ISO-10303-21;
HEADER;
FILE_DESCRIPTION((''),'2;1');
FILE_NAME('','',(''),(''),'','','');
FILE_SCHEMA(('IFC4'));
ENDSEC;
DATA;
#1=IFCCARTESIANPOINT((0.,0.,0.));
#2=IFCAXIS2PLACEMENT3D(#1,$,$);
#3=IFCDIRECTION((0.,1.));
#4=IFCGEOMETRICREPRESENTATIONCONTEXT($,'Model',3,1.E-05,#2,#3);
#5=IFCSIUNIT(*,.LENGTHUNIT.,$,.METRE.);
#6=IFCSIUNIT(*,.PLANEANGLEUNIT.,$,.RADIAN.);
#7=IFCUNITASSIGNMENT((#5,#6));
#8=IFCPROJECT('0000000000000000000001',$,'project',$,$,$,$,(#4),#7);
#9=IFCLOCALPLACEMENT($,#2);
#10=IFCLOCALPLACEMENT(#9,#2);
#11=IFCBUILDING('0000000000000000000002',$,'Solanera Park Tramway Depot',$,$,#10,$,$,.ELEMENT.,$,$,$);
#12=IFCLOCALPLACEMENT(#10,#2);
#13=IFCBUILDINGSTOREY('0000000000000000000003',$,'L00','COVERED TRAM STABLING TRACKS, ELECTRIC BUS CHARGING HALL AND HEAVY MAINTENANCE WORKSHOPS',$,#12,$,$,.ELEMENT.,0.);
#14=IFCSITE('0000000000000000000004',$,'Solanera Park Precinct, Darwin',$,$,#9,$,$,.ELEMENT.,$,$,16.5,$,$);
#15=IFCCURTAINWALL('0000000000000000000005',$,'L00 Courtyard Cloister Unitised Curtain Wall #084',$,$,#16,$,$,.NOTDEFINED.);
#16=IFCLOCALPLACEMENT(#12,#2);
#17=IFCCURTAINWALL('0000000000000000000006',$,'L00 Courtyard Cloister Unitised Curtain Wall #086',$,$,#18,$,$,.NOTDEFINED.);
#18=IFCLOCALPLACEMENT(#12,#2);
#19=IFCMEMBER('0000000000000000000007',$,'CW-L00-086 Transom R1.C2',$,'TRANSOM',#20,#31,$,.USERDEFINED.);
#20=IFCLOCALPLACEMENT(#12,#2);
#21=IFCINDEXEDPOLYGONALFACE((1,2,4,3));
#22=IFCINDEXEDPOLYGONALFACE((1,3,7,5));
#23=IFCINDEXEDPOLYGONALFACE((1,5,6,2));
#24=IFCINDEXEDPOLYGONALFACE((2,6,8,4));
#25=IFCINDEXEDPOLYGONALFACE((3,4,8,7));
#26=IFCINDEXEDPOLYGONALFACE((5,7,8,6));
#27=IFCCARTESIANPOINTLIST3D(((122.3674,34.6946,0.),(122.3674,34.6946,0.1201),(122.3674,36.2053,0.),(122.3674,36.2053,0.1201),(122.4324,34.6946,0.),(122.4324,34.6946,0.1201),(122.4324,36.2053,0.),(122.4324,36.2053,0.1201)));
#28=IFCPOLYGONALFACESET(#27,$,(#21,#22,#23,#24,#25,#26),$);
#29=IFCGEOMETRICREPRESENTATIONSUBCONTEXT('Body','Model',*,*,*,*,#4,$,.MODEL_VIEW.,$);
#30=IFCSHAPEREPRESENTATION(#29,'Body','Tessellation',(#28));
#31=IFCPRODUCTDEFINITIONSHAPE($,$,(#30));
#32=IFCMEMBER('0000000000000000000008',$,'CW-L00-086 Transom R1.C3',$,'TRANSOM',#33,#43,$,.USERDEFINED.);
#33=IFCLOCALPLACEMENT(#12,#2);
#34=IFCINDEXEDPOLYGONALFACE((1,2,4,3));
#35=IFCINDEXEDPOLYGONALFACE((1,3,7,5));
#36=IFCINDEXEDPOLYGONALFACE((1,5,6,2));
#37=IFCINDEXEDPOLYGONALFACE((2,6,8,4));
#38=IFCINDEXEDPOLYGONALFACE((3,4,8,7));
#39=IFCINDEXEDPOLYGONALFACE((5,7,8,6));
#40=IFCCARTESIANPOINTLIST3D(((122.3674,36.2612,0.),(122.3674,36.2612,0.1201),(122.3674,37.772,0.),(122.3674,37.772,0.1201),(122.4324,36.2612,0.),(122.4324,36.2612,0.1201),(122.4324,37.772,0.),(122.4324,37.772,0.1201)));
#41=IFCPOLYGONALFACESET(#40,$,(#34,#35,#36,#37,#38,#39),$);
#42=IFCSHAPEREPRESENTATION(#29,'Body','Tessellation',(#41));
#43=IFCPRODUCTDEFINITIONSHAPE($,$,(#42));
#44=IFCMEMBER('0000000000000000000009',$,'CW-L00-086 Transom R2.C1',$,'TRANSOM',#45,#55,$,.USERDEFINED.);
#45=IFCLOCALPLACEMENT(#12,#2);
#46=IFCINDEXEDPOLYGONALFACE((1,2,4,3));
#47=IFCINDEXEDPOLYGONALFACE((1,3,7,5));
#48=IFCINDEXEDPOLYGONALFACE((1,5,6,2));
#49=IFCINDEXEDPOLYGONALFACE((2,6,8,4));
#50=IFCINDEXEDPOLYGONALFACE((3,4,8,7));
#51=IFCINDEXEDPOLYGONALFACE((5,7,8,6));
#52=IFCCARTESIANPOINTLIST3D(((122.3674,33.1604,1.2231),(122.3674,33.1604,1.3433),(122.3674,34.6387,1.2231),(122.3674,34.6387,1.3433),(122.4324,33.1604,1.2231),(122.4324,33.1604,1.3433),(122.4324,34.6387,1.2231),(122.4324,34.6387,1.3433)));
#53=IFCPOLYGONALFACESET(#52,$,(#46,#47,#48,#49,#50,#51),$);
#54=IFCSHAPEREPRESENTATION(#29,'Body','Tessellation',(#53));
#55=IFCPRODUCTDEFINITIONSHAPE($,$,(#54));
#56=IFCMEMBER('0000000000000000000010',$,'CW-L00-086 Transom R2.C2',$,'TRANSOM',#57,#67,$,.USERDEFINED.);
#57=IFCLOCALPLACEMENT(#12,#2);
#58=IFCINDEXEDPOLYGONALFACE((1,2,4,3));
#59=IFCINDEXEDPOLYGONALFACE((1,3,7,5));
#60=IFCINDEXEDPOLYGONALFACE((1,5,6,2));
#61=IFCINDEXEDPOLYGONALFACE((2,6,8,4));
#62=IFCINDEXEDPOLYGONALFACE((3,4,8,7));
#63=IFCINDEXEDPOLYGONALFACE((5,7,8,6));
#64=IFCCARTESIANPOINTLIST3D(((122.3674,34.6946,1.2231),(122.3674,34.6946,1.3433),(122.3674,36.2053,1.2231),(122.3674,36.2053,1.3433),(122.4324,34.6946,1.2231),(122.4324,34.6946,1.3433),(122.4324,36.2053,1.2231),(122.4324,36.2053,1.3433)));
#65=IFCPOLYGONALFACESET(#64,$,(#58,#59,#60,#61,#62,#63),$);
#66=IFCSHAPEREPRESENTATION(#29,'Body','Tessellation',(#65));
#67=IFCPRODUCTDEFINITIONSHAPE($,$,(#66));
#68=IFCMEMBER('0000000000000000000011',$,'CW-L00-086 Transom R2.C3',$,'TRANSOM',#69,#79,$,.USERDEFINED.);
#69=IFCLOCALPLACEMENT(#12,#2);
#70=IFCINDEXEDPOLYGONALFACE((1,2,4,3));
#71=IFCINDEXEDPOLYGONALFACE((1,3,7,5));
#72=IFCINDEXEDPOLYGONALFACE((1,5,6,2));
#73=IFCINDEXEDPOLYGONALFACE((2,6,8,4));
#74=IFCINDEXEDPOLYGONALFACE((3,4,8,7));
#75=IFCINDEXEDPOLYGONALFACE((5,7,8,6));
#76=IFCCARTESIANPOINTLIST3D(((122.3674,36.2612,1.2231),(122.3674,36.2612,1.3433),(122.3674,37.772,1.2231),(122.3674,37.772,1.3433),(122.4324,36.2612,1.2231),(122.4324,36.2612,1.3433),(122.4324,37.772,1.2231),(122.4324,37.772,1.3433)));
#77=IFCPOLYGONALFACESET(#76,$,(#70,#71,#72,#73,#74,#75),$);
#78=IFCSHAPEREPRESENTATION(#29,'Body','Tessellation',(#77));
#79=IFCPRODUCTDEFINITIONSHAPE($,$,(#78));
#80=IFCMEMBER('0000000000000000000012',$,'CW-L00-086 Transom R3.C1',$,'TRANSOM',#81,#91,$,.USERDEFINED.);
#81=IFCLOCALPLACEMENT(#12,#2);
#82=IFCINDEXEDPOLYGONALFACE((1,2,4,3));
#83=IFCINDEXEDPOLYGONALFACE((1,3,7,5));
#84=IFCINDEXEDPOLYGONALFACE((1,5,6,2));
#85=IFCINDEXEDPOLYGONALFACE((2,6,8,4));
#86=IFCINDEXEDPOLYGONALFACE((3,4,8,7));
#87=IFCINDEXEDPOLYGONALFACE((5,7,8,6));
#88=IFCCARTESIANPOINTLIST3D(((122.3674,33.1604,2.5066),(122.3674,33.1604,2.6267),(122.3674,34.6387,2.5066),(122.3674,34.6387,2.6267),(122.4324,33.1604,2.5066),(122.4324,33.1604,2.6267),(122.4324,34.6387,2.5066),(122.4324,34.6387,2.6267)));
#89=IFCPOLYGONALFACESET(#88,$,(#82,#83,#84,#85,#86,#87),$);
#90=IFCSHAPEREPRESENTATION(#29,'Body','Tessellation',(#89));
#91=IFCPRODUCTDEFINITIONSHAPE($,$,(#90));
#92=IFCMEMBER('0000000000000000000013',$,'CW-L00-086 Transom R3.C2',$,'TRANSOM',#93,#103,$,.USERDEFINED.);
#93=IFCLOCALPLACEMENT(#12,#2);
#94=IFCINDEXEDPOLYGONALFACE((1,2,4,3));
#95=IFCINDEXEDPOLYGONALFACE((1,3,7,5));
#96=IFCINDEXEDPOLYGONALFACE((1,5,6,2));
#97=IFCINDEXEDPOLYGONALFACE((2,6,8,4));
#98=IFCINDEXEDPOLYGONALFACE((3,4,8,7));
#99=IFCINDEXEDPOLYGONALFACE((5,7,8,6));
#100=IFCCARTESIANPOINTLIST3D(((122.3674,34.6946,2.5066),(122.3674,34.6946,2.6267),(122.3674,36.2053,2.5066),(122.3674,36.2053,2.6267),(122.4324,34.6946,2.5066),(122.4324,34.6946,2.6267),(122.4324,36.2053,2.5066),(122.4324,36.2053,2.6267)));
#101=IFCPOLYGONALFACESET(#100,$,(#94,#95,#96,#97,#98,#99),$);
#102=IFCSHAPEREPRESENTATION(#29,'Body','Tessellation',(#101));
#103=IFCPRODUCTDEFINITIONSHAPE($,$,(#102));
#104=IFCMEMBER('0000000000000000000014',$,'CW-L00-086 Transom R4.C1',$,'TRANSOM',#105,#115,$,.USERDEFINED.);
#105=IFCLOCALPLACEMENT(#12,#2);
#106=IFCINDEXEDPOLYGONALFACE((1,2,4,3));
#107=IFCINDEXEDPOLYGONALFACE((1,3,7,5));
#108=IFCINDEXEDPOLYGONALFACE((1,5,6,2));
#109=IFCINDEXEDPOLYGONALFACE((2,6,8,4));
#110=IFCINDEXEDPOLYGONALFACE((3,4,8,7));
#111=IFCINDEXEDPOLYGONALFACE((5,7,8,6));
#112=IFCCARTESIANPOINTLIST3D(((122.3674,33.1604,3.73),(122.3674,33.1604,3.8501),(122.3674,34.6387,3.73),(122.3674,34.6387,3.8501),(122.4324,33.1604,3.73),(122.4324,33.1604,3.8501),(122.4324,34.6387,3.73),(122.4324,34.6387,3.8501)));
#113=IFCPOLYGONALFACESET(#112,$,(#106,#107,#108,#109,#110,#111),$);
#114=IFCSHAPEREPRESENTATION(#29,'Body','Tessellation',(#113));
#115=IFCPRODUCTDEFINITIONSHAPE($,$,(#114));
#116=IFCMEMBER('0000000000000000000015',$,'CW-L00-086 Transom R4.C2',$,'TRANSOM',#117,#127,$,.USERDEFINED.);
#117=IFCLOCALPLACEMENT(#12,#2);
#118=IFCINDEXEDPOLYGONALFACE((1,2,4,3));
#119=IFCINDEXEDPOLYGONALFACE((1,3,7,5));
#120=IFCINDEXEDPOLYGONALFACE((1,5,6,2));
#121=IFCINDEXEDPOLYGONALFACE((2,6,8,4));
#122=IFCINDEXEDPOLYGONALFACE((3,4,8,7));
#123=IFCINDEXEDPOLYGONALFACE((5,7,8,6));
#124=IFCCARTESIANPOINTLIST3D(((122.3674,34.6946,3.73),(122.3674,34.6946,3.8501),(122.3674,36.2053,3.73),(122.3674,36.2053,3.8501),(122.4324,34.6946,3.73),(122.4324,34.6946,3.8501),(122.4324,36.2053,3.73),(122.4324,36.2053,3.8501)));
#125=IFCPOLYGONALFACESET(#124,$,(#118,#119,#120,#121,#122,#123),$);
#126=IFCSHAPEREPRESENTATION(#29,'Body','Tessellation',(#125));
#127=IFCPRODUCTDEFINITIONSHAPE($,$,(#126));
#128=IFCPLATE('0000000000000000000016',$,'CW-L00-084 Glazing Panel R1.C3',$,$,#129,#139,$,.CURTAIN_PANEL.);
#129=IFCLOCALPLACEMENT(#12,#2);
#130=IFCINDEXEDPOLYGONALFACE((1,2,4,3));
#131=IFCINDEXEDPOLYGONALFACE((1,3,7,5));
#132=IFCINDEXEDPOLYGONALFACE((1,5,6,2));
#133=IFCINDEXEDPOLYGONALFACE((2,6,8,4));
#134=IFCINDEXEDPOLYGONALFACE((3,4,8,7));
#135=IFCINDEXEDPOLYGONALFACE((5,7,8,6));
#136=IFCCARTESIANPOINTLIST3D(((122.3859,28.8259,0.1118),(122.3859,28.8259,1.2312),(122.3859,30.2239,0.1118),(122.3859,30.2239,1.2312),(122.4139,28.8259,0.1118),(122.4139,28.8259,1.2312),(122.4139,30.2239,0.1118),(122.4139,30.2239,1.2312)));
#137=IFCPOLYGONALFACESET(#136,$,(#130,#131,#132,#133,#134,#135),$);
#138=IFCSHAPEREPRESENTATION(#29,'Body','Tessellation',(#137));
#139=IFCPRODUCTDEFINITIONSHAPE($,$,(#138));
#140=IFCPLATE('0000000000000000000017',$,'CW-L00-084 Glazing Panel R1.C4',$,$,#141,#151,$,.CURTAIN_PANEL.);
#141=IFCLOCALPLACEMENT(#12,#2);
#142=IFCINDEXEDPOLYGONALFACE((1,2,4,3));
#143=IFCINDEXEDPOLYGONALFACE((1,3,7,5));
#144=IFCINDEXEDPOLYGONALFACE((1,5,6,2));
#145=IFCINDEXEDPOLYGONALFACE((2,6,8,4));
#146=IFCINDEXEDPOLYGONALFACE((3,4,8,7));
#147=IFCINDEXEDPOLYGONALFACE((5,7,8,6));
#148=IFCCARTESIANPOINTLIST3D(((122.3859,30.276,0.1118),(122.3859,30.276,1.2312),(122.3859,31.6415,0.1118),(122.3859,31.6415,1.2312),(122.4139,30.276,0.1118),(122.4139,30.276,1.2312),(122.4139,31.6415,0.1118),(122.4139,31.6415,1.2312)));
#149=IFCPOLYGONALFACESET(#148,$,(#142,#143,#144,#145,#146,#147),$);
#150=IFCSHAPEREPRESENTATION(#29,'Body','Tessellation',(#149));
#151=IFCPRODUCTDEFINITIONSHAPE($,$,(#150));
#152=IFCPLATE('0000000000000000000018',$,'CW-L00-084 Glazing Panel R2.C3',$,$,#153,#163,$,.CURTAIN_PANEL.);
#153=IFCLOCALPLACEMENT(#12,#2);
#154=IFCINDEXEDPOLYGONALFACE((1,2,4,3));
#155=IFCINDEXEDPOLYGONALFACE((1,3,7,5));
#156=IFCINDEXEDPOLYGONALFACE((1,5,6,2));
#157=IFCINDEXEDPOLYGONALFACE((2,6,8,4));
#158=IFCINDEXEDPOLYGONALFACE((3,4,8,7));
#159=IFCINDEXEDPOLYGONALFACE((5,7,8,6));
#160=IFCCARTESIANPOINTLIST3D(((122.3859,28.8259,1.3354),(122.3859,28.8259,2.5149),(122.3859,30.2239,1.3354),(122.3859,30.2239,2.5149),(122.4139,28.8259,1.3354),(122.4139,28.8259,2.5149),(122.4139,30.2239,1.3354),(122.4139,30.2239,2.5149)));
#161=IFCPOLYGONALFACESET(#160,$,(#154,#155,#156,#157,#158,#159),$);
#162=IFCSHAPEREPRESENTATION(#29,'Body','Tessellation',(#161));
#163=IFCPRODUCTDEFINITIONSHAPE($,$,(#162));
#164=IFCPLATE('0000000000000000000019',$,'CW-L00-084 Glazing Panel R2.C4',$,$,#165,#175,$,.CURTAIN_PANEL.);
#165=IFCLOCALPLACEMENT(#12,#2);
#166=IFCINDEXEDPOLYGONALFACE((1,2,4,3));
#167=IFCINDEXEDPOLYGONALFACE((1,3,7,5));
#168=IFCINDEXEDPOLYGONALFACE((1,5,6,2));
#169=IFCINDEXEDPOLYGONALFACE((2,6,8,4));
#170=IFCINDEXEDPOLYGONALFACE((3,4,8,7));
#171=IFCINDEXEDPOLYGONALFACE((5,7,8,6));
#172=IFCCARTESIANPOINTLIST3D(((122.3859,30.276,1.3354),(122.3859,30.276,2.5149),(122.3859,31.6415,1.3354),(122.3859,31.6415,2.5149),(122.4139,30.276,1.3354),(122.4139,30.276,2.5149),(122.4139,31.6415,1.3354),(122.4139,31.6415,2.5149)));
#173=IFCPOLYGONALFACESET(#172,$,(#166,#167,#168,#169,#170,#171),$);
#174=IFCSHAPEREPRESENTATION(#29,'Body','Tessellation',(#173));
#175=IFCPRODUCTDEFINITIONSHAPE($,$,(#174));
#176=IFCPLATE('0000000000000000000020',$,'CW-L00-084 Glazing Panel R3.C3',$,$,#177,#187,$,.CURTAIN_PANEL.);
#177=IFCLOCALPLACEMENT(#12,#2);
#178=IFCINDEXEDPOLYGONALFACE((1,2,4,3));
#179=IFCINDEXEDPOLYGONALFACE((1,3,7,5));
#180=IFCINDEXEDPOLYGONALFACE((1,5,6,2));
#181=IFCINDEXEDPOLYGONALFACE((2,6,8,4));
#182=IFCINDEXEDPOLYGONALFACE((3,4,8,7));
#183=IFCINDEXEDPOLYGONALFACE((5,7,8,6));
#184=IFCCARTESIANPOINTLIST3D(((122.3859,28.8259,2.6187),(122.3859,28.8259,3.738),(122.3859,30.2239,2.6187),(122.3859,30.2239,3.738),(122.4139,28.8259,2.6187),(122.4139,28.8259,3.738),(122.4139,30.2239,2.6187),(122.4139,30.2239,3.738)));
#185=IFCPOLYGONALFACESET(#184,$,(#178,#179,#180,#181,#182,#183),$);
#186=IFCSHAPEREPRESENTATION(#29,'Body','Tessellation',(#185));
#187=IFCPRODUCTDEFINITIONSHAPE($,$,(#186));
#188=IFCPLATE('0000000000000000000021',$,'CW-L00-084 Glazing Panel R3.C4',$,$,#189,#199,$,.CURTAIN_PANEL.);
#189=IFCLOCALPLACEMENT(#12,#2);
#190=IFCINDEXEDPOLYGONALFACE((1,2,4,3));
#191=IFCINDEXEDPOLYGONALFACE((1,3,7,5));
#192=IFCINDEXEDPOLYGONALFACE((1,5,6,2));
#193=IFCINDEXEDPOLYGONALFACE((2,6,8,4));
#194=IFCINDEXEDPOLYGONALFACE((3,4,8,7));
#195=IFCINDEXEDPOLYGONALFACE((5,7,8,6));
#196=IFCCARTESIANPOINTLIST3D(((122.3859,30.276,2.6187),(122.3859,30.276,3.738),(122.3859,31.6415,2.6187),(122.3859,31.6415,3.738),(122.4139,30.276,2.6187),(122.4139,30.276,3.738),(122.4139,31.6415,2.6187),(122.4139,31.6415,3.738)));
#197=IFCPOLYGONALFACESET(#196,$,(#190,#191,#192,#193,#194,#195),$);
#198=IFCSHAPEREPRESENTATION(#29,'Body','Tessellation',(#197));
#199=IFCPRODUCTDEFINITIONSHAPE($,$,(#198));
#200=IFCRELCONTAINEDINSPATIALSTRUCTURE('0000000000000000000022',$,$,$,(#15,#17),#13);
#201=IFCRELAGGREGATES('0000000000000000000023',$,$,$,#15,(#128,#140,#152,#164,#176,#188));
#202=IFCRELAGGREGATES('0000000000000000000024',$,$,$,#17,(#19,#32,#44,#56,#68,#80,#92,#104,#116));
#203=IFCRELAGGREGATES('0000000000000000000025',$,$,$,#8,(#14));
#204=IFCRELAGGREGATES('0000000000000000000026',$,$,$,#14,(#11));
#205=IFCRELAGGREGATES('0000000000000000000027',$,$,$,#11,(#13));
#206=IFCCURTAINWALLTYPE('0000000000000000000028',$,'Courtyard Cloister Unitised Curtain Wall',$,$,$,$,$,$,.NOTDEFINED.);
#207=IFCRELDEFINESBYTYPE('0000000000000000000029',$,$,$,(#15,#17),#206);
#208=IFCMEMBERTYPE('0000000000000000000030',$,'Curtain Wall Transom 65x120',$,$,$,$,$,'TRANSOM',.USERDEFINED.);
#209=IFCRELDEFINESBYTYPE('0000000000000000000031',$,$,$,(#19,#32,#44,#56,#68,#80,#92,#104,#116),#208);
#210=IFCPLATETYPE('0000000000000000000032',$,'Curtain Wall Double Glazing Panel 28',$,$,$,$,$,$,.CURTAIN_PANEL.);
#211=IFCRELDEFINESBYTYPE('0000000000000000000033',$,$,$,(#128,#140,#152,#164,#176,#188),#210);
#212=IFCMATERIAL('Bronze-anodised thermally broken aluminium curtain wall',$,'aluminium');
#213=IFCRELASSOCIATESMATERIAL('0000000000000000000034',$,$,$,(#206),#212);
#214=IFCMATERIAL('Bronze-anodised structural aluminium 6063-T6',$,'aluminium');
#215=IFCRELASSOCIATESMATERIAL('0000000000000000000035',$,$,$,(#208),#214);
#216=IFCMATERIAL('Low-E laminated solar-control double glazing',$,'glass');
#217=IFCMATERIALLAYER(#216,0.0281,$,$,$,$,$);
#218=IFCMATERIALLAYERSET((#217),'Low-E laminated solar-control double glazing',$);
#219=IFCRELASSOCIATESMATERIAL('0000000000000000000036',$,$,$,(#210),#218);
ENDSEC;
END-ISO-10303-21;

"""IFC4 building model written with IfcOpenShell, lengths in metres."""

from ifc_helpers import new_model, si_unit, direction, frame, origin, origin_2d, place, context, subcontext, project, spatial, rectangle, extrude, material, layer, layer_set, material_profile, profile_set, type_object, element, aggregate, save


model = new_model("IFC4")

# Units and contexts
model_context = context("Model", 3, precision=1e-05, world=origin(), true_north=direction((0.0, 1.0)))
body_context = subcontext(model_context, "Body", "Model", "MODEL_VIEW")
ifc_project = project(units=[si_unit("LENGTHUNIT", "METRE"), si_unit("PLANEANGLEUNIT", "RADIAN")], contexts=[model_context])

# Site, building, storey
site_placement = place(None, origin())
site = spatial("IfcSite", under=ifc_project, at=site_placement, Name="Solanera Park Precinct, Darwin", CompositionType="ELEMENT", RefElevation=16.5)
building_placement = place(site_placement, origin())
building = spatial("IfcBuilding", under=site, at=building_placement, Name="Solanera Park Tramway Depot", CompositionType="ELEMENT")
storey_placement = place(building_placement, origin())
storey = spatial("IfcBuildingStorey", under=building, at=storey_placement, Name="L00", Description="COVERED TRAM STABLING TRACKS, ELECTRIC BUS CHARGING HALL AND HEAVY MAINTENANCE WORKSHOPS", CompositionType="ELEMENT", Elevation=0.0)

# Curtain walls
ifc_material_1 = material(Name="Bronze-anodised thermally broken aluminium curtain wall", Category="aluminium")
curtain_wall_type = type_object("IfcCurtainWallType", Name="Courtyard Cloister Unitised Curtain Wall", PredefinedType="NOTDEFINED", material=ifc_material_1)
curtain_wall_1_placement = place(storey_placement, origin())
curtain_wall_1 = element("IfcCurtainWall", 1, at=curtain_wall_1_placement, inside=storey, type_object=curtain_wall_type, Name="L00 Courtyard Cloister Unitised Curtain Wall #084", PredefinedType="NOTDEFINED")
curtain_wall_2_placement = place(storey_placement, origin())
curtain_wall_2 = element("IfcCurtainWall", 2, at=curtain_wall_2_placement, inside=storey, type_object=curtain_wall_type, Name="L00 Courtyard Cloister Unitised Curtain Wall #086", PredefinedType="NOTDEFINED")

# Members
ifc_material_2 = material(Name="Bronze-anodised structural aluminium 6063-T6", Category="aluminium")
ifc_material_profile_1 = material_profile(ifc_material_2, rectangle(XDim=0.0649, YDim=0.1201, at=origin_2d()), Name="Curtain Wall Transom 65x120")
ifc_profile_set_1 = profile_set([ifc_material_profile_1], Name="Bronze-anodised structural aluminium 6063-T6")
member_type_1 = type_object("IfcMemberType", Name="Curtain Wall Transom 65x120", ElementType="TRANSOM", PredefinedType="USERDEFINED", material=ifc_profile_set_1)
member_1_placement = place(storey_placement, frame((122.3999, 34.6946, 0.0601), z_axis=(0.0, 1.0, 0.0), x_axis=(-1.0, 0.0, 0.0)))
member_1 = element("IfcMember", 3, at=member_1_placement, type_object=member_type_1, Name="CW-L00-086 Transom R1.C2", ObjectType="TRANSOM", PredefinedType="USERDEFINED", context=body_context, shape_type="SweptSolid", body=[
    extrude(rectangle(XDim=0.0649, YDim=0.1201, at=origin_2d()), origin(), (0.0, 0.0, 1.0), 1.5107),
])
member_2_placement = place(storey_placement, frame((122.3999, 36.2612, 0.0601), z_axis=(0.0, 1.0, 0.0), x_axis=(-1.0, 0.0, 0.0)))
member_2 = element("IfcMember", 4, at=member_2_placement, type_object=member_type_1, Name="CW-L00-086 Transom R1.C3", ObjectType="TRANSOM", PredefinedType="USERDEFINED", context=body_context, shape_type="SweptSolid", body=[
    extrude(rectangle(XDim=0.0649, YDim=0.1201, at=origin_2d()), origin(), (0.0, 0.0, 1.0), 1.5107),
])
member_3_placement = place(storey_placement, frame((122.3999, 33.1604, 1.2832), z_axis=(0.0, 1.0, 0.0), x_axis=(-1.0, 0.0, 0.0)))
member_3 = element("IfcMember", 5, at=member_3_placement, type_object=member_type_1, Name="CW-L00-086 Transom R2.C1", ObjectType="TRANSOM", PredefinedType="USERDEFINED", context=body_context, shape_type="SweptSolid", body=[
    extrude(rectangle(XDim=0.0649, YDim=0.1201, at=origin_2d()), origin(), (0.0, 0.0, 1.0), 1.4783),
])
member_4_placement = place(storey_placement, frame((122.3999, 34.6946, 1.2832), z_axis=(0.0, 1.0, 0.0), x_axis=(-1.0, 0.0, 0.0)))
member_4 = element("IfcMember", 6, at=member_4_placement, type_object=member_type_1, Name="CW-L00-086 Transom R2.C2", ObjectType="TRANSOM", PredefinedType="USERDEFINED", context=body_context, shape_type="SweptSolid", body=[
    extrude(rectangle(XDim=0.0649, YDim=0.1201, at=origin_2d()), origin(), (0.0, 0.0, 1.0), 1.5107),
])
member_5_placement = place(storey_placement, frame((122.3999, 36.2612, 1.2832), z_axis=(0.0, 1.0, 0.0), x_axis=(-1.0, 0.0, 0.0)))
member_5 = element("IfcMember", 7, at=member_5_placement, type_object=member_type_1, Name="CW-L00-086 Transom R2.C3", ObjectType="TRANSOM", PredefinedType="USERDEFINED", context=body_context, shape_type="SweptSolid", body=[
    extrude(rectangle(XDim=0.0649, YDim=0.1201, at=origin_2d()), origin(), (0.0, 0.0, 1.0), 1.5107),
])
member_6_placement = place(storey_placement, frame((122.3999, 33.1604, 2.5667), z_axis=(0.0, 1.0, 0.0), x_axis=(-1.0, 0.0, 0.0)))
member_6 = element("IfcMember", 8, at=member_6_placement, type_object=member_type_1, Name="CW-L00-086 Transom R3.C1", ObjectType="TRANSOM", PredefinedType="USERDEFINED", context=body_context, shape_type="SweptSolid", body=[
    extrude(rectangle(XDim=0.0649, YDim=0.1201, at=origin_2d()), origin(), (0.0, 0.0, 1.0), 1.4783),
])
member_7_placement = place(storey_placement, frame((122.3999, 34.6946, 2.5667), z_axis=(0.0, 1.0, 0.0), x_axis=(-1.0, 0.0, 0.0)))
member_7 = element("IfcMember", 9, at=member_7_placement, type_object=member_type_1, Name="CW-L00-086 Transom R3.C2", ObjectType="TRANSOM", PredefinedType="USERDEFINED", context=body_context, shape_type="SweptSolid", body=[
    extrude(rectangle(XDim=0.0649, YDim=0.1201, at=origin_2d()), origin(), (0.0, 0.0, 1.0), 1.5107),
])
member_8_placement = place(storey_placement, frame((122.3999, 33.1604, 3.79), z_axis=(0.0, 1.0, 0.0), x_axis=(-1.0, 0.0, 0.0)))
member_8 = element("IfcMember", 10, at=member_8_placement, type_object=member_type_1, Name="CW-L00-086 Transom R4.C1", ObjectType="TRANSOM", PredefinedType="USERDEFINED", context=body_context, shape_type="SweptSolid", body=[
    extrude(rectangle(XDim=0.0649, YDim=0.1201, at=origin_2d()), origin(), (0.0, 0.0, 1.0), 1.4783),
])
member_9_placement = place(storey_placement, frame((122.3999, 34.6946, 3.79), z_axis=(0.0, 1.0, 0.0), x_axis=(-1.0, 0.0, 0.0)))
member_9 = element("IfcMember", 11, at=member_9_placement, type_object=member_type_1, Name="CW-L00-086 Transom R4.C2", ObjectType="TRANSOM", PredefinedType="USERDEFINED", context=body_context, shape_type="SweptSolid", body=[
    extrude(rectangle(XDim=0.0649, YDim=0.1201, at=origin_2d()), origin(), (0.0, 0.0, 1.0), 1.5107),
])

# Plates
ifc_material_3 = material(Name="Low-E laminated solar-control double glazing", Category="glass")
ifc_layer = layer(ifc_material_3, 0.0281)
ifc_layer_set = layer_set([ifc_layer], Name="Low-E laminated solar-control double glazing")
plate_type = type_object("IfcPlateType", Name="Curtain Wall Double Glazing Panel 28", PredefinedType="CURTAIN_PANEL", material=ifc_layer_set)
plate_1_placement = place(storey_placement, frame((122.3999, 29.5249, 0.1118), z_axis=(0.0, 0.0, 1.0), x_axis=(0.0, 1.0, 0.0)))
plate_1 = element("IfcPlate", 12, at=plate_1_placement, type_object=plate_type, Name="CW-L00-084 Glazing Panel R1.C3", PredefinedType="CURTAIN_PANEL", context=body_context, shape_type="SweptSolid", body=[
    extrude(rectangle(XDim=1.3979, YDim=0.0281, at=origin_2d()), origin(), (0.0, 0.0, 1.0), 1.1194),
])
plate_2_placement = place(storey_placement, frame((122.3999, 30.9587, 0.1118), z_axis=(0.0, 0.0, 1.0), x_axis=(0.0, 1.0, 0.0)))
plate_2 = element("IfcPlate", 13, at=plate_2_placement, type_object=plate_type, Name="CW-L00-084 Glazing Panel R1.C4", PredefinedType="CURTAIN_PANEL", context=body_context, shape_type="SweptSolid", body=[
    extrude(rectangle(XDim=1.3655, YDim=0.0281, at=origin_2d()), origin(), (0.0, 0.0, 1.0), 1.1194),
])
plate_3_placement = place(storey_placement, frame((122.3999, 29.5249, 1.3354), z_axis=(0.0, 0.0, 1.0), x_axis=(0.0, 1.0, 0.0)))
plate_3 = element("IfcPlate", 14, at=plate_3_placement, type_object=plate_type, Name="CW-L00-084 Glazing Panel R2.C3", PredefinedType="CURTAIN_PANEL", context=body_context, shape_type="SweptSolid", body=[
    extrude(rectangle(XDim=1.3979, YDim=0.0281, at=origin_2d()), origin(), (0.0, 0.0, 1.0), 1.1794),
])
plate_4_placement = place(storey_placement, frame((122.3999, 30.9587, 1.3354), z_axis=(0.0, 0.0, 1.0), x_axis=(0.0, 1.0, 0.0)))
plate_4 = element("IfcPlate", 15, at=plate_4_placement, type_object=plate_type, Name="CW-L00-084 Glazing Panel R2.C4", PredefinedType="CURTAIN_PANEL", context=body_context, shape_type="SweptSolid", body=[
    extrude(rectangle(XDim=1.3655, YDim=0.0281, at=origin_2d()), origin(), (0.0, 0.0, 1.0), 1.1794),
])
plate_5_placement = place(storey_placement, frame((122.3999, 29.5249, 2.6187), z_axis=(0.0, 0.0, 1.0), x_axis=(0.0, 1.0, 0.0)))
plate_5 = element("IfcPlate", 16, at=plate_5_placement, type_object=plate_type, Name="CW-L00-084 Glazing Panel R3.C3", PredefinedType="CURTAIN_PANEL", context=body_context, shape_type="SweptSolid", body=[
    extrude(rectangle(XDim=1.3979, YDim=0.0281, at=origin_2d()), origin(), (0.0, 0.0, 1.0), 1.1194),
])
plate_6_placement = place(storey_placement, frame((122.3999, 30.9587, 2.6187), z_axis=(0.0, 0.0, 1.0), x_axis=(0.0, 1.0, 0.0)))
plate_6 = element("IfcPlate", 17, at=plate_6_placement, type_object=plate_type, Name="CW-L00-084 Glazing Panel R3.C4", PredefinedType="CURTAIN_PANEL", context=body_context, shape_type="SweptSolid", body=[
    extrude(rectangle(XDim=1.3655, YDim=0.0281, at=origin_2d()), origin(), (0.0, 0.0, 1.0), 1.1194),
])
aggregate(curtain_wall_1, [plate_1, plate_2, plate_3, plate_4, plate_5, plate_6])
aggregate(curtain_wall_2, [member_1, member_2, member_3, member_4, member_5, member_6, member_7, member_8, member_9])

save(model, "model.ifc")
